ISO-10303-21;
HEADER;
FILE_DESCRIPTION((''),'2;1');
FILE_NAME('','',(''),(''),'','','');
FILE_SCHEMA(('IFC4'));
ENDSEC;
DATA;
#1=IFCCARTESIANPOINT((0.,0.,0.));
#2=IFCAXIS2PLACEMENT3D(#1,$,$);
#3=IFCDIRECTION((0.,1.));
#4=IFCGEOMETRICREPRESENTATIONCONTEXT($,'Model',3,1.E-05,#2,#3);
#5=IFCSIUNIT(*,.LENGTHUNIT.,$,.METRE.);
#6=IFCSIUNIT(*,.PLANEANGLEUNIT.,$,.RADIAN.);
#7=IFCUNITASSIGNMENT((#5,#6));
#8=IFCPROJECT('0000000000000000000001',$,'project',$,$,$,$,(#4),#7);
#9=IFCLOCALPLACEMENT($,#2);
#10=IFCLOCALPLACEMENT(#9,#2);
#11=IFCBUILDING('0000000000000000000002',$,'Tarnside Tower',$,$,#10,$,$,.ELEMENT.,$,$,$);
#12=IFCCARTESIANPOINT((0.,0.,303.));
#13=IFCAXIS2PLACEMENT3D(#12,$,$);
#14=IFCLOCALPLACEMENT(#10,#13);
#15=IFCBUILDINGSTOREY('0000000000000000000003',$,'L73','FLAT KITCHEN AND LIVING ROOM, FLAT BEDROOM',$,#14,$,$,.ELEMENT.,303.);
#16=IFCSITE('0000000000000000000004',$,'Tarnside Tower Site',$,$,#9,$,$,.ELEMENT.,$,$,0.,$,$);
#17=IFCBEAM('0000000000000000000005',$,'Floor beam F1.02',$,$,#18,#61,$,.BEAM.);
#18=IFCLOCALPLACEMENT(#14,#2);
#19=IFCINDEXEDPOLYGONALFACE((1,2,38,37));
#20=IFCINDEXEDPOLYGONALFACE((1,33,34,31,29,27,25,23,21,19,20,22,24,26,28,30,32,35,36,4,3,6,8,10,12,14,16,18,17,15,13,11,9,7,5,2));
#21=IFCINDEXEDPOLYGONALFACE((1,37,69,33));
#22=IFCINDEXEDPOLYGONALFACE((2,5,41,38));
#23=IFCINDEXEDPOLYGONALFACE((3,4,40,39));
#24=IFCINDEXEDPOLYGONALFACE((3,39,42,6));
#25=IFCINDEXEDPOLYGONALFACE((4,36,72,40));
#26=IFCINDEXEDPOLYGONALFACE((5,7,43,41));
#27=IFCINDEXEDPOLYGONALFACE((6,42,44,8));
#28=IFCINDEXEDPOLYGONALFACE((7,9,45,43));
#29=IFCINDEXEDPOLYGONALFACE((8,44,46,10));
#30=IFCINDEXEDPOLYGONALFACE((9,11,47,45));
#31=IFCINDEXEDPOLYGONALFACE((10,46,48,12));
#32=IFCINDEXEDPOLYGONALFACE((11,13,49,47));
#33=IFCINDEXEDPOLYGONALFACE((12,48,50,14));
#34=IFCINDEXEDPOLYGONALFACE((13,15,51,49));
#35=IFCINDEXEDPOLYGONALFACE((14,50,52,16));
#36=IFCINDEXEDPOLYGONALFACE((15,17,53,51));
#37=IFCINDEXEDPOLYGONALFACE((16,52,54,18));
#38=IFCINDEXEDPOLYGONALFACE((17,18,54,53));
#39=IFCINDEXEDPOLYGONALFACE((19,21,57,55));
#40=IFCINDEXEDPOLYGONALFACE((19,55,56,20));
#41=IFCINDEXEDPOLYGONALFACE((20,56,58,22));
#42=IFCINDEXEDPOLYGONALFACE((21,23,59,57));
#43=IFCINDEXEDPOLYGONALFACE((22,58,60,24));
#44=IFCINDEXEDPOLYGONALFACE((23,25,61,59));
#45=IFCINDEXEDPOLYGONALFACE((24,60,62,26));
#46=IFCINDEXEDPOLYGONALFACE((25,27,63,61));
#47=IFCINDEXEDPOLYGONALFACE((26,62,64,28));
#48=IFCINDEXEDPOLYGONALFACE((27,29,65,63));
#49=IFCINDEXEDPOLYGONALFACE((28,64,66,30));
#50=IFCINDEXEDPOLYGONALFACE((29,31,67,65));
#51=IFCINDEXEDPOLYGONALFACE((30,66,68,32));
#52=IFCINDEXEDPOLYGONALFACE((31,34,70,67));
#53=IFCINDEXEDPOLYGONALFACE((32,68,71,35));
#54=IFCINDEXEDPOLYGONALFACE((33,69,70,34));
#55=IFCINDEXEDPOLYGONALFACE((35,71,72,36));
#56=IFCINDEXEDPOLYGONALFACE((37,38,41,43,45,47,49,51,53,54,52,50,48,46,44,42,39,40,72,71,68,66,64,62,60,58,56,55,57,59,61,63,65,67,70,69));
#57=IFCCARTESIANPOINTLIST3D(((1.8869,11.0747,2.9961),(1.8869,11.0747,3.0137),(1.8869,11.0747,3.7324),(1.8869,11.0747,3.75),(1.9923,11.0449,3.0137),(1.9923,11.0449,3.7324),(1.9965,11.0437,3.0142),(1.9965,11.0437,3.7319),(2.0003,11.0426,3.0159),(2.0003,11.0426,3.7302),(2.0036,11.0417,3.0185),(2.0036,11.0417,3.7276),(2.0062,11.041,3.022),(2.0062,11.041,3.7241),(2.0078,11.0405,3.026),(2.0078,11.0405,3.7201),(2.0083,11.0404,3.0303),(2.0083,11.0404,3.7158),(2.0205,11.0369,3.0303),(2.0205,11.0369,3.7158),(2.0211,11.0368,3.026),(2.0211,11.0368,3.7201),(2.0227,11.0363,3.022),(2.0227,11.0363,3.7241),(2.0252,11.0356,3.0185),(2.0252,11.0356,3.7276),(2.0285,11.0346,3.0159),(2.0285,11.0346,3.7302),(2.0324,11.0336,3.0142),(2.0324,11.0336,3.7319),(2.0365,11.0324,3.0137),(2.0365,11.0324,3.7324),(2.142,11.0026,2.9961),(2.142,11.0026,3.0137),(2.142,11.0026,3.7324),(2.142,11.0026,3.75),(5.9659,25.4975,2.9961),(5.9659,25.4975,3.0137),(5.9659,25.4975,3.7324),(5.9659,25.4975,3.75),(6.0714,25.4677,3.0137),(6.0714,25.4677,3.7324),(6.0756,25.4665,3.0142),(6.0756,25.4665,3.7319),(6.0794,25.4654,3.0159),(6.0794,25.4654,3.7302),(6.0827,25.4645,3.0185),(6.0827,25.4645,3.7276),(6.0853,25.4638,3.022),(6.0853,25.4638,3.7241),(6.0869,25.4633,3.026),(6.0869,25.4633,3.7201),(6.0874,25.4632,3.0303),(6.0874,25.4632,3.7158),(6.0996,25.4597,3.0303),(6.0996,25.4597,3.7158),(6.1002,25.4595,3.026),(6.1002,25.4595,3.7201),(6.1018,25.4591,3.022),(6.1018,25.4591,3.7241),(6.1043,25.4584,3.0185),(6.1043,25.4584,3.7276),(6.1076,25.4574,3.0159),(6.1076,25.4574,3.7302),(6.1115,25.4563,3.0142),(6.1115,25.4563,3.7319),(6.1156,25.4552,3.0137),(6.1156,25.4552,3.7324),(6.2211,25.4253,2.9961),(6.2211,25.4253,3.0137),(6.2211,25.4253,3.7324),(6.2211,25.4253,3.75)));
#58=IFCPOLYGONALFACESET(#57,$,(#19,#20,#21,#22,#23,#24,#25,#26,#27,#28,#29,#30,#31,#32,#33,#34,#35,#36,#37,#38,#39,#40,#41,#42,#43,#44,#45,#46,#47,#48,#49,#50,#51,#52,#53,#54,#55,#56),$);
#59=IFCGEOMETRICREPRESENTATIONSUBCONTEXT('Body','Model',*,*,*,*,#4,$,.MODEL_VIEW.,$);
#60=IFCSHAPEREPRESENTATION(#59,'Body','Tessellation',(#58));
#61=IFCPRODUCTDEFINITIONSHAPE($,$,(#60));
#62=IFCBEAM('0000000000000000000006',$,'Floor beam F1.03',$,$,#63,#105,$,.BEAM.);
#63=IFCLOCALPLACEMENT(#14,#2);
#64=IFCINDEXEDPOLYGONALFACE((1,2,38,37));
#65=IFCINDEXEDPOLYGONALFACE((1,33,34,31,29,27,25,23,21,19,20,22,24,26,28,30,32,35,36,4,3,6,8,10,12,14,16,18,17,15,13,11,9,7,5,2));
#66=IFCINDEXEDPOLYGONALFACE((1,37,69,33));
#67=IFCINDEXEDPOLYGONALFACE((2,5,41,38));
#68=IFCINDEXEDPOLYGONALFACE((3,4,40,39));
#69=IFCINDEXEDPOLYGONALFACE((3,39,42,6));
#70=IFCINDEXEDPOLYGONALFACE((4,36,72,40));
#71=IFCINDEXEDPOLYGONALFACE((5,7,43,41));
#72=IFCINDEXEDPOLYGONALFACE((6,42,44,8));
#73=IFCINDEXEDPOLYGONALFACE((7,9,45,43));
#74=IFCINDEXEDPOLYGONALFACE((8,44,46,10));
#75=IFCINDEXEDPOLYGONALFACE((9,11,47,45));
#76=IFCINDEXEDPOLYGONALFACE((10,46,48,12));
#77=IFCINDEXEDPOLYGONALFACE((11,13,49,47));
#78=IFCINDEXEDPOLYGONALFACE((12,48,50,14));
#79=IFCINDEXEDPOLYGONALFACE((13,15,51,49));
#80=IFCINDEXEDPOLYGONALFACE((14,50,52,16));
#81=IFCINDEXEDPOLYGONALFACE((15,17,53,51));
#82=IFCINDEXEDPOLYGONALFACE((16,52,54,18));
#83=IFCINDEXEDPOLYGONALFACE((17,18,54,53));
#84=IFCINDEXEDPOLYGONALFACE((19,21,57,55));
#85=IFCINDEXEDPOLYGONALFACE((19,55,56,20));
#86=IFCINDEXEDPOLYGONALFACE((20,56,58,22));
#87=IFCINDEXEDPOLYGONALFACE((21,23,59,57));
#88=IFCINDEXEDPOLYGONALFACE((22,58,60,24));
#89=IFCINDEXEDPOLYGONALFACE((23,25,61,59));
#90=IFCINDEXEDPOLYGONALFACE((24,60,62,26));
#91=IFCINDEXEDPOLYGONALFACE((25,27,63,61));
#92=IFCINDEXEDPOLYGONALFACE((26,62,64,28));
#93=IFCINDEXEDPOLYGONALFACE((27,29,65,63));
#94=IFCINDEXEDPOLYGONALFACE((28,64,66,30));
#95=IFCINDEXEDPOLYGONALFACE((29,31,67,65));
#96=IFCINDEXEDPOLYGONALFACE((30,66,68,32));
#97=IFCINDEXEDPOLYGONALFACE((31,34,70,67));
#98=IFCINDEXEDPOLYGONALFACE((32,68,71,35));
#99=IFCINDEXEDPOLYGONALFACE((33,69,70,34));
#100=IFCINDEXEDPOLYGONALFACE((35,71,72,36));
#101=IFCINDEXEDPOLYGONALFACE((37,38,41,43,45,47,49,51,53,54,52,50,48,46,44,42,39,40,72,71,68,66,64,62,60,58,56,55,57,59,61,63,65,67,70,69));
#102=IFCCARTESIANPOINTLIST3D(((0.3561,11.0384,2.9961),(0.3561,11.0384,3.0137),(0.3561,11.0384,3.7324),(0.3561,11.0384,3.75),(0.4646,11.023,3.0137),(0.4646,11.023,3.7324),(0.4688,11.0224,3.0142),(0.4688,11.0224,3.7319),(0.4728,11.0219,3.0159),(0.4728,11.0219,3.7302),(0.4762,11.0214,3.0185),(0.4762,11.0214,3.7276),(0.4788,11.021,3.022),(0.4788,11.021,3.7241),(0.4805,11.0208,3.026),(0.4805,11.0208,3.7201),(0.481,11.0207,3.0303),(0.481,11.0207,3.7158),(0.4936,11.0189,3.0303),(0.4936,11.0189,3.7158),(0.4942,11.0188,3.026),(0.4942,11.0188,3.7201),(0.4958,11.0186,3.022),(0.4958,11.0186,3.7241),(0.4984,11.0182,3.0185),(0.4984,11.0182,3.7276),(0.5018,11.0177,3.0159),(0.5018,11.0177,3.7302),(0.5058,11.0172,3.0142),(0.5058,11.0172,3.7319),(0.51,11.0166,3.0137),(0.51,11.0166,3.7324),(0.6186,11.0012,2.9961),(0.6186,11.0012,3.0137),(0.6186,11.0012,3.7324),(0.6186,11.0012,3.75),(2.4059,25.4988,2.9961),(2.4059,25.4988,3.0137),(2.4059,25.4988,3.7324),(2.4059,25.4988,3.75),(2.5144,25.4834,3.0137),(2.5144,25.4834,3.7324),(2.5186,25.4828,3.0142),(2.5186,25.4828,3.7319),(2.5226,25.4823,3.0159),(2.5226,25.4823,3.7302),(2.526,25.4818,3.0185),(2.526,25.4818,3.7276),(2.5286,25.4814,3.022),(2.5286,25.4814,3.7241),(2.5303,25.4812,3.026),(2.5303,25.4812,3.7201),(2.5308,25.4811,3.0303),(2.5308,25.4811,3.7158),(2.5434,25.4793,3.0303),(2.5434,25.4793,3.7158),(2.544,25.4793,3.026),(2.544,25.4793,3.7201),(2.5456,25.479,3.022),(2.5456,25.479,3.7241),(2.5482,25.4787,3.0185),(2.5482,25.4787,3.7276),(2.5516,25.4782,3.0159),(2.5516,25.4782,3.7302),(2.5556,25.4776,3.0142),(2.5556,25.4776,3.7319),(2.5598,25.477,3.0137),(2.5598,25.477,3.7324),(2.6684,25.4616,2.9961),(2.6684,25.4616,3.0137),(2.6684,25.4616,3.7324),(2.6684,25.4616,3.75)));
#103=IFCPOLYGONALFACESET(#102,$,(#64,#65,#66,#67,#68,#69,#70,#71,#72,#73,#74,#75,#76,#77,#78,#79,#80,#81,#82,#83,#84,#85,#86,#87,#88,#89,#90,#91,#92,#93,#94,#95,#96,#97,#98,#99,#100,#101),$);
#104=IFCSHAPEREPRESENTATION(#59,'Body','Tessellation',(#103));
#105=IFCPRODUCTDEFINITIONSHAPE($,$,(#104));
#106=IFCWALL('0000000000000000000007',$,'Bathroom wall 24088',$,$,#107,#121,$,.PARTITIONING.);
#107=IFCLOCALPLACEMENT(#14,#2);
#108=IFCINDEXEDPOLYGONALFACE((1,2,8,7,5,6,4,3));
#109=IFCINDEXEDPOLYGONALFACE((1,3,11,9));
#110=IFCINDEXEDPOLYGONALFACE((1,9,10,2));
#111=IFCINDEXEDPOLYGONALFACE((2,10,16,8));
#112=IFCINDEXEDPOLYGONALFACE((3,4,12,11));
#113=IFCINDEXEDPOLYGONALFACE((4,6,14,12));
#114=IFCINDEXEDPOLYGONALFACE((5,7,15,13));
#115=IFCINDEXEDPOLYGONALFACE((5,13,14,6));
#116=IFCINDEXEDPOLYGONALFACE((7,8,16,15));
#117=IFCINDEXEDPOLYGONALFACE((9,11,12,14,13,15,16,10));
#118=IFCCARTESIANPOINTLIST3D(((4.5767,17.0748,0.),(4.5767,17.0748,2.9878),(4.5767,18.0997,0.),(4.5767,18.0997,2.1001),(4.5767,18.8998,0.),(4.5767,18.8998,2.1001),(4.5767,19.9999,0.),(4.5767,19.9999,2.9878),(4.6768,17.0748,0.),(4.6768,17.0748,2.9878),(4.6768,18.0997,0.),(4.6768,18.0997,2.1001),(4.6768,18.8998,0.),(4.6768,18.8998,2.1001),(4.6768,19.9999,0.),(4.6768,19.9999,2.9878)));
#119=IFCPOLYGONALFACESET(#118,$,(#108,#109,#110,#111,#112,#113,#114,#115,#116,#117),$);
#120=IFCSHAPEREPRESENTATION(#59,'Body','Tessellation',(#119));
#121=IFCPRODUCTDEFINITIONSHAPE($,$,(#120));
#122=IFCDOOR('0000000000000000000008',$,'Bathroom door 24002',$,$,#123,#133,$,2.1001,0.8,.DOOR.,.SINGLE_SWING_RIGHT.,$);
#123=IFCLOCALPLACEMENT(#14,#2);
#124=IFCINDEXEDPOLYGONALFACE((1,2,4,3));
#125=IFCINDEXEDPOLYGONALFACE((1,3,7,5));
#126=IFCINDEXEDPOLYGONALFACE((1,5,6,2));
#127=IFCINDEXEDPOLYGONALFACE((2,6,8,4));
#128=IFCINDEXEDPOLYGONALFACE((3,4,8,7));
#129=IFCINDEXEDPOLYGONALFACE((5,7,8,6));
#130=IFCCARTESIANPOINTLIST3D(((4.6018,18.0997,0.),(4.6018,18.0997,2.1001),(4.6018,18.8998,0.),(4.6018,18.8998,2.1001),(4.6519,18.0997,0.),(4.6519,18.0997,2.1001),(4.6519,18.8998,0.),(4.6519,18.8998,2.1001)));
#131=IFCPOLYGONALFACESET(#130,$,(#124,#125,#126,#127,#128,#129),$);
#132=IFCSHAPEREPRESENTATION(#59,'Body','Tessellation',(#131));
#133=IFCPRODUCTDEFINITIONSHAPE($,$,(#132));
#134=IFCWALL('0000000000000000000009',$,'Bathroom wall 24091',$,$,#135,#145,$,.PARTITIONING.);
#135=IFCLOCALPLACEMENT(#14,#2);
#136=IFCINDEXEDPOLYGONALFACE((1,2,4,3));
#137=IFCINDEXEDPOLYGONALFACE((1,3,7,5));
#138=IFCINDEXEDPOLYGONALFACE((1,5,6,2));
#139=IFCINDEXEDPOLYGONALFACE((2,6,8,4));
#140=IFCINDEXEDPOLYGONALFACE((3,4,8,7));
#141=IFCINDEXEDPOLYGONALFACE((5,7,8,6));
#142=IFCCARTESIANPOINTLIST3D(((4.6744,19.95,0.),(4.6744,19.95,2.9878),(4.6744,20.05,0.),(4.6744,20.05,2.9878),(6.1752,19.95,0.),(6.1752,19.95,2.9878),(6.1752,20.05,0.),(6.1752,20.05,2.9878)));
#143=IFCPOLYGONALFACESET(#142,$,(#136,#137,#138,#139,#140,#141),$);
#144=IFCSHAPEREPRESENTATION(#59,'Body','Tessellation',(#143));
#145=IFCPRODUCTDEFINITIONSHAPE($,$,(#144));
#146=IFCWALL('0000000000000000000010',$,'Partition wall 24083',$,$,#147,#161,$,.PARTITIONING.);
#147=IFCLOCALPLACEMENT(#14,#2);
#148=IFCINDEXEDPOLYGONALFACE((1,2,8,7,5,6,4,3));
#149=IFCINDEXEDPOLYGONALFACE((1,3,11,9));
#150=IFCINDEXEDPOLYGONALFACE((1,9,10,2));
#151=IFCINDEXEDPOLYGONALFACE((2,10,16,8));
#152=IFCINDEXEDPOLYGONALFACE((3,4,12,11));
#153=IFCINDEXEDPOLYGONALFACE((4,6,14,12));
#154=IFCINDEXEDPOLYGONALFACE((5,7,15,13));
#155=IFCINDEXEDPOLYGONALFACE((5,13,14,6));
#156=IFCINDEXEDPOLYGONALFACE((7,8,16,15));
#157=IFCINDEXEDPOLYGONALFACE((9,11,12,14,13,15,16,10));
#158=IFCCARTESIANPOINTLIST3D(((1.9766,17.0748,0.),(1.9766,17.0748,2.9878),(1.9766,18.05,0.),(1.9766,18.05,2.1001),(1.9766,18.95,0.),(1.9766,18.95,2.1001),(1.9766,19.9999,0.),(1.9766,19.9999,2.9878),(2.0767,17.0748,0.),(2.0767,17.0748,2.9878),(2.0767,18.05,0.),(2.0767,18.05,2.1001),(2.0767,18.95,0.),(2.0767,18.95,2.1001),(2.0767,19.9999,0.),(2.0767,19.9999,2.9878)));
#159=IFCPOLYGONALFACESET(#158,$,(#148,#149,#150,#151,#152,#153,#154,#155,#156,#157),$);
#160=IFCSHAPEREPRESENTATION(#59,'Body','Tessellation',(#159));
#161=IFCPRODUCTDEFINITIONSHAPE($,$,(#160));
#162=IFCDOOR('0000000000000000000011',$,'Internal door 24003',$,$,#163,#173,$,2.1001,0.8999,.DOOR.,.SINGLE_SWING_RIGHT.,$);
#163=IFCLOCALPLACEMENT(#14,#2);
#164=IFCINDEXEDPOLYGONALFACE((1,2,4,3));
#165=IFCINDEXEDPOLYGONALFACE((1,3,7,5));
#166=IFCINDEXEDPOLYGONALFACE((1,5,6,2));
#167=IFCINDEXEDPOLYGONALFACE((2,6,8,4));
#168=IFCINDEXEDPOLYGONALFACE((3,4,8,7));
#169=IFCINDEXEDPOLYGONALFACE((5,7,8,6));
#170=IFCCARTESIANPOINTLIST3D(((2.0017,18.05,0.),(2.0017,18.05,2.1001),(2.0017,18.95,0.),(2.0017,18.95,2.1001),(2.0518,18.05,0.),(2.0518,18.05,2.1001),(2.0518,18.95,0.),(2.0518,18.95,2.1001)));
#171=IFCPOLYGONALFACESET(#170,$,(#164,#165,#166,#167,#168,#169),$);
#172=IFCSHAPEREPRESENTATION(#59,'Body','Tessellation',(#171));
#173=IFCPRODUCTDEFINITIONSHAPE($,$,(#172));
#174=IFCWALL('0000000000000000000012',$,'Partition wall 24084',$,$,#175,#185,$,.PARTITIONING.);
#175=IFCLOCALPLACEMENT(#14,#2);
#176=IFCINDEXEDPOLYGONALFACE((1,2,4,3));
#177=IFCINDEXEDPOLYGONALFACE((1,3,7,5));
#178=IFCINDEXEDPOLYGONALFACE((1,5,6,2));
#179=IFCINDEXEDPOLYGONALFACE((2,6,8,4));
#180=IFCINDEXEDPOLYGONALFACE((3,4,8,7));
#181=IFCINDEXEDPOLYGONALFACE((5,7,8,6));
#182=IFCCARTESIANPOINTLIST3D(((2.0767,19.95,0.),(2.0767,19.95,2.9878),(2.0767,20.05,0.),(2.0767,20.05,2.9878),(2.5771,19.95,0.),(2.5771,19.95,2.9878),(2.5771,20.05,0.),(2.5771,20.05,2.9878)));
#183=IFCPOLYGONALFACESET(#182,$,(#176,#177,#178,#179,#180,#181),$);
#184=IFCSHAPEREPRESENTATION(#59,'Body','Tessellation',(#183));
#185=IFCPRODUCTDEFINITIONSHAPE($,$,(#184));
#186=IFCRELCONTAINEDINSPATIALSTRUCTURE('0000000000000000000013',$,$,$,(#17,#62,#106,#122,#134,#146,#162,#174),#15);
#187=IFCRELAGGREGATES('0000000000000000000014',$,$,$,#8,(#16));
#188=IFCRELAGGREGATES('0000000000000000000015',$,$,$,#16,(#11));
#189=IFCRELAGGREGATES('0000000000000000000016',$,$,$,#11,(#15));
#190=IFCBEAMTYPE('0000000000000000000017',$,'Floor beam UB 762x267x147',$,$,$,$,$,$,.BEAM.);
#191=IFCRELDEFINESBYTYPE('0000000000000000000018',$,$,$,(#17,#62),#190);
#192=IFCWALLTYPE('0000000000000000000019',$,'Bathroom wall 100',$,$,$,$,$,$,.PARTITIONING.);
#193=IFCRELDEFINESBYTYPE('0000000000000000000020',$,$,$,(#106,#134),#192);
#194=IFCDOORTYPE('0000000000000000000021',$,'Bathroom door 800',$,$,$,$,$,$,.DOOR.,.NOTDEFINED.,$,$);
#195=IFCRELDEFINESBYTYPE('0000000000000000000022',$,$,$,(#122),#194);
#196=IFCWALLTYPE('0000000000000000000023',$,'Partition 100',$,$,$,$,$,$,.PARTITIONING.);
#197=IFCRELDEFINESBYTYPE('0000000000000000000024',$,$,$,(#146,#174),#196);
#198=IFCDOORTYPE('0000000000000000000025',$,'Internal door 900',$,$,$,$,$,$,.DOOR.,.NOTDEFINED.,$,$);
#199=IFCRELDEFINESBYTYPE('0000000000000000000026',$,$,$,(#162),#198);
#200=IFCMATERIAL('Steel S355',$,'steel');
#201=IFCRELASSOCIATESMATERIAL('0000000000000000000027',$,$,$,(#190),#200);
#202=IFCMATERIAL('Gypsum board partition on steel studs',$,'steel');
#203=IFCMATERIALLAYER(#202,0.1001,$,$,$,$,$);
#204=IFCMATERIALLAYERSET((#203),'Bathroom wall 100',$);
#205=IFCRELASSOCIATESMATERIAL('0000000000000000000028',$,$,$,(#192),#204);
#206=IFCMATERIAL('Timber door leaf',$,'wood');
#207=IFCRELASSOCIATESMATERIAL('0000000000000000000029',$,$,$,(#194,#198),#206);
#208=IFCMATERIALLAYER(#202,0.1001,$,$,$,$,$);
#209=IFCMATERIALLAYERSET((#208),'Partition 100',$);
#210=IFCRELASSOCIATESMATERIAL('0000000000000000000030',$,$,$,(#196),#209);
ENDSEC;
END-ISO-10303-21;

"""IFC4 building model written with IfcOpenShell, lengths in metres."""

from ifc_helpers import new_model, si_unit, direction, frame, frame_2d, origin, origin_2d, place, context, subcontext, project, spatial, rectangle, i_section, extrude, material, layer, layer_set, material_profile, profile_set, type_object, element, fill, save


model = new_model("IFC4")

# Units and contexts
model_context = context("Model", 3, precision=1e-05, world=origin(), true_north=direction((0.0, 1.0)))
body_context = subcontext(model_context, "Body", "Model", "MODEL_VIEW")
ifc_project = project(units=[si_unit("LENGTHUNIT", "METRE"), si_unit("PLANEANGLEUNIT", "RADIAN")], contexts=[model_context])

# Site, building, storey
site_placement = place(None, origin())
site = spatial("IfcSite", under=ifc_project, at=site_placement, Name="Tarnside Tower Site", CompositionType="ELEMENT", RefElevation=0.0)
building_placement = place(site_placement, origin())
building = spatial("IfcBuilding", under=site, at=building_placement, Name="Tarnside Tower", CompositionType="ELEMENT")
storey_placement = place(building_placement, frame((0.0, 0.0, 303.0)))
storey = spatial("IfcBuildingStorey", under=building, at=storey_placement, Name="L73", Description="FLAT KITCHEN AND LIVING ROOM, FLAT BEDROOM", CompositionType="ELEMENT", Elevation=303.0)

# Beams
ifc_material_1 = material(Name="Steel S355", Category="steel")
ifc_material_profile = material_profile(ifc_material_1, i_section(OverallWidth=0.2651, OverallDepth=0.7539, WebThickness=0.0127, FlangeThickness=0.0176, FilletRadius=0.0166, at=origin_2d()), Name="UB 762x267x147")
ifc_profile_set = profile_set([ifc_material_profile], Name="Steel S355")
beam_type = type_object("IfcBeamType", Name="Floor beam UB 762x267x147", PredefinedType="BEAM", material=ifc_profile_set)
beam_1_placement = place(storey_placement, frame((6.0935, 25.4614, 3.373), z_axis=(-0.272147, -0.962256, 0.0), x_axis=(0.962256, -0.272147, 0.0)))
element("IfcBeam", 1, at=beam_1_placement, inside=storey, type_object=beam_type, Name="Floor beam F1.02", PredefinedType="BEAM", context=body_context, shape_type="SweptSolid", body=[
    extrude(i_section(OverallWidth=0.2651, OverallDepth=0.7539, WebThickness=0.0127, FlangeThickness=0.0176, FilletRadius=0.0166, at=origin_2d()), origin(), (0.0, 0.0, 1.0), 14.9885),
])
beam_2_placement = place(storey_placement, frame((2.5371, 25.4802, 3.373), z_axis=(-0.140349, -0.990102, 0.0), x_axis=(0.990102, -0.140349, 0.0)))
element("IfcBeam", 2, at=beam_2_placement, inside=storey, type_object=beam_type, Name="Floor beam F1.03", PredefinedType="BEAM", context=body_context, shape_type="SweptSolid", body=[
    extrude(i_section(OverallWidth=0.2651, OverallDepth=0.7539, WebThickness=0.0127, FlangeThickness=0.0176, FilletRadius=0.0166, at=origin_2d()), origin(), (0.0, 0.0, 1.0), 14.605),
])

# Wall, opening, door
ifc_material_2 = material(Name="Gypsum board partition on steel studs", Category="steel")
ifc_layer_1 = layer(ifc_material_2, 0.1001)
ifc_layer_set_1 = layer_set([ifc_layer_1], Name="Bathroom wall 100")
wall_type_1 = type_object("IfcWallType", Name="Bathroom wall 100", PredefinedType="PARTITIONING", material=ifc_layer_set_1)
wall_1_placement = place(storey_placement, frame((4.6267, 17.075, 0.0), z_axis=(0.0, 0.0, 1.0), x_axis=(0.0, 1.0, 0.0)))
wall_1 = element("IfcWall", 3, at=wall_1_placement, inside=storey, type_object=wall_type_1, Name="Bathroom wall 24088", PredefinedType="PARTITIONING", context=body_context, shape_type="SweptSolid", body=[
    extrude(rectangle(XDim=2.925, YDim=0.1001, at=frame_2d((1.4624, 0.0))), origin(), (0.0, 0.0, 1.0), 2.9878),
])
opening_1_placement = place(wall_1_placement, frame((1.0249, 0.0, 0.0)))
opening_1 = element("IfcOpeningElement", 4, at=opening_1_placement, cuts=wall_1, PredefinedType="OPENING", context=body_context, shape_type="SweptSolid", body=[
    extrude(rectangle(XDim=0.8, YDim=2.1001, at=frame_2d((0.3999, 1.05))), frame((0.0, 0.0601, 0.0), z_axis=(0.0, -1.0, 0.0), x_axis=(1.0, 0.0, 0.0)), (0.0, 0.0, 1.0), 0.1201),
])
ifc_material_3 = material(Name="Timber door leaf", Category="wood")
door_type_1 = type_object("IfcDoorType", Name="Bathroom door 800", OperationType="NOTDEFINED", PredefinedType="DOOR", material=ifc_material_3)
door_1_placement = place(opening_1_placement, origin())
door_1 = element("IfcDoor", 5, at=door_1_placement, inside=storey, type_object=door_type_1, Name="Bathroom door 24002", OperationType="SINGLE_SWING_RIGHT", OverallHeight=2.1001, OverallWidth=0.8, PredefinedType="DOOR", context=body_context, shape_type="SweptSolid", body=[
    extrude(rectangle(XDim=0.8, YDim=2.1001, at=frame_2d((0.3999, 1.05))), frame((0.0, 0.0249, 0.0), z_axis=(0.0, -1.0, 0.0), x_axis=(1.0, 0.0, 0.0)), (0.0, 0.0, 1.0), 0.05),
])
fill(opening_1, door_1)

# Wall
wall_2_placement = place(storey_placement, frame((6.1753, 20.0, 0.0), z_axis=(0.0, 0.0, 1.0), x_axis=(-1.0, 0.0, 0.0)))
element("IfcWall", 6, at=wall_2_placement, inside=storey, type_object=wall_type_1, Name="Bathroom wall 24091", PredefinedType="PARTITIONING", context=body_context, shape_type="SweptSolid", body=[
    extrude(rectangle(XDim=1.5007, YDim=0.1001, at=frame_2d((0.7505, 0.0))), origin(), (0.0, 0.0, 1.0), 2.9878),
])

# Wall, opening, door
ifc_layer_2 = layer(ifc_material_2, 0.1001)
ifc_layer_set_2 = layer_set([ifc_layer_2], Name="Partition 100")
wall_type_2 = type_object("IfcWallType", Name="Partition 100", PredefinedType="PARTITIONING", material=ifc_layer_set_2)
wall_3_placement = place(storey_placement, frame((2.0266, 17.075, 0.0), z_axis=(0.0, 0.0, 1.0), x_axis=(0.0, 1.0, 0.0)))
wall_3 = element("IfcWall", 7, at=wall_3_placement, inside=storey, type_object=wall_type_2, Name="Partition wall 24083", PredefinedType="PARTITIONING", context=body_context, shape_type="SweptSolid", body=[
    extrude(rectangle(XDim=2.925, YDim=0.1001, at=frame_2d((1.4624, 0.0))), origin(), (0.0, 0.0, 1.0), 2.9878),
])
opening_2_placement = place(wall_3_placement, frame((0.9751, 0.0, 0.0)))
opening_2 = element("IfcOpeningElement", 8, at=opening_2_placement, cuts=wall_3, PredefinedType="OPENING", context=body_context, shape_type="SweptSolid", body=[
    extrude(rectangle(XDim=0.8999, YDim=2.1001, at=frame_2d((0.45, 1.05))), frame((0.0, 0.0601, 0.0), z_axis=(0.0, -1.0, 0.0), x_axis=(1.0, 0.0, 0.0)), (0.0, 0.0, 1.0), 0.1201),
])
door_type_2 = type_object("IfcDoorType", Name="Internal door 900", OperationType="NOTDEFINED", PredefinedType="DOOR", material=ifc_material_3)
door_2_placement = place(opening_2_placement, origin())
door_2 = element("IfcDoor", 9, at=door_2_placement, inside=storey, type_object=door_type_2, Name="Internal door 24003", OperationType="SINGLE_SWING_RIGHT", OverallHeight=2.1001, OverallWidth=0.8999, PredefinedType="DOOR", context=body_context, shape_type="SweptSolid", body=[
    extrude(rectangle(XDim=0.8999, YDim=2.1001, at=frame_2d((0.45, 1.05))), frame((0.0, 0.0249, 0.0), z_axis=(0.0, -1.0, 0.0), x_axis=(1.0, 0.0, 0.0)), (0.0, 0.0, 1.0), 0.05),
])
fill(opening_2, door_2)

# Wall
wall_4_placement = place(storey_placement, frame((2.0767, 20.0, 0.0), z_axis=(0.0, 0.0, 1.0), x_axis=(1.0, 0.0, 0.0)))
element("IfcWall", 10, at=wall_4_placement, inside=storey, type_object=wall_type_2, Name="Partition wall 24084", PredefinedType="PARTITIONING", context=body_context, shape_type="SweptSolid", body=[
    extrude(rectangle(XDim=0.5005, YDim=0.1001, at=frame_2d((0.2502, 0.0))), origin(), (0.0, 0.0, 1.0), 2.9878),
])

save(model, "model.ifc")
